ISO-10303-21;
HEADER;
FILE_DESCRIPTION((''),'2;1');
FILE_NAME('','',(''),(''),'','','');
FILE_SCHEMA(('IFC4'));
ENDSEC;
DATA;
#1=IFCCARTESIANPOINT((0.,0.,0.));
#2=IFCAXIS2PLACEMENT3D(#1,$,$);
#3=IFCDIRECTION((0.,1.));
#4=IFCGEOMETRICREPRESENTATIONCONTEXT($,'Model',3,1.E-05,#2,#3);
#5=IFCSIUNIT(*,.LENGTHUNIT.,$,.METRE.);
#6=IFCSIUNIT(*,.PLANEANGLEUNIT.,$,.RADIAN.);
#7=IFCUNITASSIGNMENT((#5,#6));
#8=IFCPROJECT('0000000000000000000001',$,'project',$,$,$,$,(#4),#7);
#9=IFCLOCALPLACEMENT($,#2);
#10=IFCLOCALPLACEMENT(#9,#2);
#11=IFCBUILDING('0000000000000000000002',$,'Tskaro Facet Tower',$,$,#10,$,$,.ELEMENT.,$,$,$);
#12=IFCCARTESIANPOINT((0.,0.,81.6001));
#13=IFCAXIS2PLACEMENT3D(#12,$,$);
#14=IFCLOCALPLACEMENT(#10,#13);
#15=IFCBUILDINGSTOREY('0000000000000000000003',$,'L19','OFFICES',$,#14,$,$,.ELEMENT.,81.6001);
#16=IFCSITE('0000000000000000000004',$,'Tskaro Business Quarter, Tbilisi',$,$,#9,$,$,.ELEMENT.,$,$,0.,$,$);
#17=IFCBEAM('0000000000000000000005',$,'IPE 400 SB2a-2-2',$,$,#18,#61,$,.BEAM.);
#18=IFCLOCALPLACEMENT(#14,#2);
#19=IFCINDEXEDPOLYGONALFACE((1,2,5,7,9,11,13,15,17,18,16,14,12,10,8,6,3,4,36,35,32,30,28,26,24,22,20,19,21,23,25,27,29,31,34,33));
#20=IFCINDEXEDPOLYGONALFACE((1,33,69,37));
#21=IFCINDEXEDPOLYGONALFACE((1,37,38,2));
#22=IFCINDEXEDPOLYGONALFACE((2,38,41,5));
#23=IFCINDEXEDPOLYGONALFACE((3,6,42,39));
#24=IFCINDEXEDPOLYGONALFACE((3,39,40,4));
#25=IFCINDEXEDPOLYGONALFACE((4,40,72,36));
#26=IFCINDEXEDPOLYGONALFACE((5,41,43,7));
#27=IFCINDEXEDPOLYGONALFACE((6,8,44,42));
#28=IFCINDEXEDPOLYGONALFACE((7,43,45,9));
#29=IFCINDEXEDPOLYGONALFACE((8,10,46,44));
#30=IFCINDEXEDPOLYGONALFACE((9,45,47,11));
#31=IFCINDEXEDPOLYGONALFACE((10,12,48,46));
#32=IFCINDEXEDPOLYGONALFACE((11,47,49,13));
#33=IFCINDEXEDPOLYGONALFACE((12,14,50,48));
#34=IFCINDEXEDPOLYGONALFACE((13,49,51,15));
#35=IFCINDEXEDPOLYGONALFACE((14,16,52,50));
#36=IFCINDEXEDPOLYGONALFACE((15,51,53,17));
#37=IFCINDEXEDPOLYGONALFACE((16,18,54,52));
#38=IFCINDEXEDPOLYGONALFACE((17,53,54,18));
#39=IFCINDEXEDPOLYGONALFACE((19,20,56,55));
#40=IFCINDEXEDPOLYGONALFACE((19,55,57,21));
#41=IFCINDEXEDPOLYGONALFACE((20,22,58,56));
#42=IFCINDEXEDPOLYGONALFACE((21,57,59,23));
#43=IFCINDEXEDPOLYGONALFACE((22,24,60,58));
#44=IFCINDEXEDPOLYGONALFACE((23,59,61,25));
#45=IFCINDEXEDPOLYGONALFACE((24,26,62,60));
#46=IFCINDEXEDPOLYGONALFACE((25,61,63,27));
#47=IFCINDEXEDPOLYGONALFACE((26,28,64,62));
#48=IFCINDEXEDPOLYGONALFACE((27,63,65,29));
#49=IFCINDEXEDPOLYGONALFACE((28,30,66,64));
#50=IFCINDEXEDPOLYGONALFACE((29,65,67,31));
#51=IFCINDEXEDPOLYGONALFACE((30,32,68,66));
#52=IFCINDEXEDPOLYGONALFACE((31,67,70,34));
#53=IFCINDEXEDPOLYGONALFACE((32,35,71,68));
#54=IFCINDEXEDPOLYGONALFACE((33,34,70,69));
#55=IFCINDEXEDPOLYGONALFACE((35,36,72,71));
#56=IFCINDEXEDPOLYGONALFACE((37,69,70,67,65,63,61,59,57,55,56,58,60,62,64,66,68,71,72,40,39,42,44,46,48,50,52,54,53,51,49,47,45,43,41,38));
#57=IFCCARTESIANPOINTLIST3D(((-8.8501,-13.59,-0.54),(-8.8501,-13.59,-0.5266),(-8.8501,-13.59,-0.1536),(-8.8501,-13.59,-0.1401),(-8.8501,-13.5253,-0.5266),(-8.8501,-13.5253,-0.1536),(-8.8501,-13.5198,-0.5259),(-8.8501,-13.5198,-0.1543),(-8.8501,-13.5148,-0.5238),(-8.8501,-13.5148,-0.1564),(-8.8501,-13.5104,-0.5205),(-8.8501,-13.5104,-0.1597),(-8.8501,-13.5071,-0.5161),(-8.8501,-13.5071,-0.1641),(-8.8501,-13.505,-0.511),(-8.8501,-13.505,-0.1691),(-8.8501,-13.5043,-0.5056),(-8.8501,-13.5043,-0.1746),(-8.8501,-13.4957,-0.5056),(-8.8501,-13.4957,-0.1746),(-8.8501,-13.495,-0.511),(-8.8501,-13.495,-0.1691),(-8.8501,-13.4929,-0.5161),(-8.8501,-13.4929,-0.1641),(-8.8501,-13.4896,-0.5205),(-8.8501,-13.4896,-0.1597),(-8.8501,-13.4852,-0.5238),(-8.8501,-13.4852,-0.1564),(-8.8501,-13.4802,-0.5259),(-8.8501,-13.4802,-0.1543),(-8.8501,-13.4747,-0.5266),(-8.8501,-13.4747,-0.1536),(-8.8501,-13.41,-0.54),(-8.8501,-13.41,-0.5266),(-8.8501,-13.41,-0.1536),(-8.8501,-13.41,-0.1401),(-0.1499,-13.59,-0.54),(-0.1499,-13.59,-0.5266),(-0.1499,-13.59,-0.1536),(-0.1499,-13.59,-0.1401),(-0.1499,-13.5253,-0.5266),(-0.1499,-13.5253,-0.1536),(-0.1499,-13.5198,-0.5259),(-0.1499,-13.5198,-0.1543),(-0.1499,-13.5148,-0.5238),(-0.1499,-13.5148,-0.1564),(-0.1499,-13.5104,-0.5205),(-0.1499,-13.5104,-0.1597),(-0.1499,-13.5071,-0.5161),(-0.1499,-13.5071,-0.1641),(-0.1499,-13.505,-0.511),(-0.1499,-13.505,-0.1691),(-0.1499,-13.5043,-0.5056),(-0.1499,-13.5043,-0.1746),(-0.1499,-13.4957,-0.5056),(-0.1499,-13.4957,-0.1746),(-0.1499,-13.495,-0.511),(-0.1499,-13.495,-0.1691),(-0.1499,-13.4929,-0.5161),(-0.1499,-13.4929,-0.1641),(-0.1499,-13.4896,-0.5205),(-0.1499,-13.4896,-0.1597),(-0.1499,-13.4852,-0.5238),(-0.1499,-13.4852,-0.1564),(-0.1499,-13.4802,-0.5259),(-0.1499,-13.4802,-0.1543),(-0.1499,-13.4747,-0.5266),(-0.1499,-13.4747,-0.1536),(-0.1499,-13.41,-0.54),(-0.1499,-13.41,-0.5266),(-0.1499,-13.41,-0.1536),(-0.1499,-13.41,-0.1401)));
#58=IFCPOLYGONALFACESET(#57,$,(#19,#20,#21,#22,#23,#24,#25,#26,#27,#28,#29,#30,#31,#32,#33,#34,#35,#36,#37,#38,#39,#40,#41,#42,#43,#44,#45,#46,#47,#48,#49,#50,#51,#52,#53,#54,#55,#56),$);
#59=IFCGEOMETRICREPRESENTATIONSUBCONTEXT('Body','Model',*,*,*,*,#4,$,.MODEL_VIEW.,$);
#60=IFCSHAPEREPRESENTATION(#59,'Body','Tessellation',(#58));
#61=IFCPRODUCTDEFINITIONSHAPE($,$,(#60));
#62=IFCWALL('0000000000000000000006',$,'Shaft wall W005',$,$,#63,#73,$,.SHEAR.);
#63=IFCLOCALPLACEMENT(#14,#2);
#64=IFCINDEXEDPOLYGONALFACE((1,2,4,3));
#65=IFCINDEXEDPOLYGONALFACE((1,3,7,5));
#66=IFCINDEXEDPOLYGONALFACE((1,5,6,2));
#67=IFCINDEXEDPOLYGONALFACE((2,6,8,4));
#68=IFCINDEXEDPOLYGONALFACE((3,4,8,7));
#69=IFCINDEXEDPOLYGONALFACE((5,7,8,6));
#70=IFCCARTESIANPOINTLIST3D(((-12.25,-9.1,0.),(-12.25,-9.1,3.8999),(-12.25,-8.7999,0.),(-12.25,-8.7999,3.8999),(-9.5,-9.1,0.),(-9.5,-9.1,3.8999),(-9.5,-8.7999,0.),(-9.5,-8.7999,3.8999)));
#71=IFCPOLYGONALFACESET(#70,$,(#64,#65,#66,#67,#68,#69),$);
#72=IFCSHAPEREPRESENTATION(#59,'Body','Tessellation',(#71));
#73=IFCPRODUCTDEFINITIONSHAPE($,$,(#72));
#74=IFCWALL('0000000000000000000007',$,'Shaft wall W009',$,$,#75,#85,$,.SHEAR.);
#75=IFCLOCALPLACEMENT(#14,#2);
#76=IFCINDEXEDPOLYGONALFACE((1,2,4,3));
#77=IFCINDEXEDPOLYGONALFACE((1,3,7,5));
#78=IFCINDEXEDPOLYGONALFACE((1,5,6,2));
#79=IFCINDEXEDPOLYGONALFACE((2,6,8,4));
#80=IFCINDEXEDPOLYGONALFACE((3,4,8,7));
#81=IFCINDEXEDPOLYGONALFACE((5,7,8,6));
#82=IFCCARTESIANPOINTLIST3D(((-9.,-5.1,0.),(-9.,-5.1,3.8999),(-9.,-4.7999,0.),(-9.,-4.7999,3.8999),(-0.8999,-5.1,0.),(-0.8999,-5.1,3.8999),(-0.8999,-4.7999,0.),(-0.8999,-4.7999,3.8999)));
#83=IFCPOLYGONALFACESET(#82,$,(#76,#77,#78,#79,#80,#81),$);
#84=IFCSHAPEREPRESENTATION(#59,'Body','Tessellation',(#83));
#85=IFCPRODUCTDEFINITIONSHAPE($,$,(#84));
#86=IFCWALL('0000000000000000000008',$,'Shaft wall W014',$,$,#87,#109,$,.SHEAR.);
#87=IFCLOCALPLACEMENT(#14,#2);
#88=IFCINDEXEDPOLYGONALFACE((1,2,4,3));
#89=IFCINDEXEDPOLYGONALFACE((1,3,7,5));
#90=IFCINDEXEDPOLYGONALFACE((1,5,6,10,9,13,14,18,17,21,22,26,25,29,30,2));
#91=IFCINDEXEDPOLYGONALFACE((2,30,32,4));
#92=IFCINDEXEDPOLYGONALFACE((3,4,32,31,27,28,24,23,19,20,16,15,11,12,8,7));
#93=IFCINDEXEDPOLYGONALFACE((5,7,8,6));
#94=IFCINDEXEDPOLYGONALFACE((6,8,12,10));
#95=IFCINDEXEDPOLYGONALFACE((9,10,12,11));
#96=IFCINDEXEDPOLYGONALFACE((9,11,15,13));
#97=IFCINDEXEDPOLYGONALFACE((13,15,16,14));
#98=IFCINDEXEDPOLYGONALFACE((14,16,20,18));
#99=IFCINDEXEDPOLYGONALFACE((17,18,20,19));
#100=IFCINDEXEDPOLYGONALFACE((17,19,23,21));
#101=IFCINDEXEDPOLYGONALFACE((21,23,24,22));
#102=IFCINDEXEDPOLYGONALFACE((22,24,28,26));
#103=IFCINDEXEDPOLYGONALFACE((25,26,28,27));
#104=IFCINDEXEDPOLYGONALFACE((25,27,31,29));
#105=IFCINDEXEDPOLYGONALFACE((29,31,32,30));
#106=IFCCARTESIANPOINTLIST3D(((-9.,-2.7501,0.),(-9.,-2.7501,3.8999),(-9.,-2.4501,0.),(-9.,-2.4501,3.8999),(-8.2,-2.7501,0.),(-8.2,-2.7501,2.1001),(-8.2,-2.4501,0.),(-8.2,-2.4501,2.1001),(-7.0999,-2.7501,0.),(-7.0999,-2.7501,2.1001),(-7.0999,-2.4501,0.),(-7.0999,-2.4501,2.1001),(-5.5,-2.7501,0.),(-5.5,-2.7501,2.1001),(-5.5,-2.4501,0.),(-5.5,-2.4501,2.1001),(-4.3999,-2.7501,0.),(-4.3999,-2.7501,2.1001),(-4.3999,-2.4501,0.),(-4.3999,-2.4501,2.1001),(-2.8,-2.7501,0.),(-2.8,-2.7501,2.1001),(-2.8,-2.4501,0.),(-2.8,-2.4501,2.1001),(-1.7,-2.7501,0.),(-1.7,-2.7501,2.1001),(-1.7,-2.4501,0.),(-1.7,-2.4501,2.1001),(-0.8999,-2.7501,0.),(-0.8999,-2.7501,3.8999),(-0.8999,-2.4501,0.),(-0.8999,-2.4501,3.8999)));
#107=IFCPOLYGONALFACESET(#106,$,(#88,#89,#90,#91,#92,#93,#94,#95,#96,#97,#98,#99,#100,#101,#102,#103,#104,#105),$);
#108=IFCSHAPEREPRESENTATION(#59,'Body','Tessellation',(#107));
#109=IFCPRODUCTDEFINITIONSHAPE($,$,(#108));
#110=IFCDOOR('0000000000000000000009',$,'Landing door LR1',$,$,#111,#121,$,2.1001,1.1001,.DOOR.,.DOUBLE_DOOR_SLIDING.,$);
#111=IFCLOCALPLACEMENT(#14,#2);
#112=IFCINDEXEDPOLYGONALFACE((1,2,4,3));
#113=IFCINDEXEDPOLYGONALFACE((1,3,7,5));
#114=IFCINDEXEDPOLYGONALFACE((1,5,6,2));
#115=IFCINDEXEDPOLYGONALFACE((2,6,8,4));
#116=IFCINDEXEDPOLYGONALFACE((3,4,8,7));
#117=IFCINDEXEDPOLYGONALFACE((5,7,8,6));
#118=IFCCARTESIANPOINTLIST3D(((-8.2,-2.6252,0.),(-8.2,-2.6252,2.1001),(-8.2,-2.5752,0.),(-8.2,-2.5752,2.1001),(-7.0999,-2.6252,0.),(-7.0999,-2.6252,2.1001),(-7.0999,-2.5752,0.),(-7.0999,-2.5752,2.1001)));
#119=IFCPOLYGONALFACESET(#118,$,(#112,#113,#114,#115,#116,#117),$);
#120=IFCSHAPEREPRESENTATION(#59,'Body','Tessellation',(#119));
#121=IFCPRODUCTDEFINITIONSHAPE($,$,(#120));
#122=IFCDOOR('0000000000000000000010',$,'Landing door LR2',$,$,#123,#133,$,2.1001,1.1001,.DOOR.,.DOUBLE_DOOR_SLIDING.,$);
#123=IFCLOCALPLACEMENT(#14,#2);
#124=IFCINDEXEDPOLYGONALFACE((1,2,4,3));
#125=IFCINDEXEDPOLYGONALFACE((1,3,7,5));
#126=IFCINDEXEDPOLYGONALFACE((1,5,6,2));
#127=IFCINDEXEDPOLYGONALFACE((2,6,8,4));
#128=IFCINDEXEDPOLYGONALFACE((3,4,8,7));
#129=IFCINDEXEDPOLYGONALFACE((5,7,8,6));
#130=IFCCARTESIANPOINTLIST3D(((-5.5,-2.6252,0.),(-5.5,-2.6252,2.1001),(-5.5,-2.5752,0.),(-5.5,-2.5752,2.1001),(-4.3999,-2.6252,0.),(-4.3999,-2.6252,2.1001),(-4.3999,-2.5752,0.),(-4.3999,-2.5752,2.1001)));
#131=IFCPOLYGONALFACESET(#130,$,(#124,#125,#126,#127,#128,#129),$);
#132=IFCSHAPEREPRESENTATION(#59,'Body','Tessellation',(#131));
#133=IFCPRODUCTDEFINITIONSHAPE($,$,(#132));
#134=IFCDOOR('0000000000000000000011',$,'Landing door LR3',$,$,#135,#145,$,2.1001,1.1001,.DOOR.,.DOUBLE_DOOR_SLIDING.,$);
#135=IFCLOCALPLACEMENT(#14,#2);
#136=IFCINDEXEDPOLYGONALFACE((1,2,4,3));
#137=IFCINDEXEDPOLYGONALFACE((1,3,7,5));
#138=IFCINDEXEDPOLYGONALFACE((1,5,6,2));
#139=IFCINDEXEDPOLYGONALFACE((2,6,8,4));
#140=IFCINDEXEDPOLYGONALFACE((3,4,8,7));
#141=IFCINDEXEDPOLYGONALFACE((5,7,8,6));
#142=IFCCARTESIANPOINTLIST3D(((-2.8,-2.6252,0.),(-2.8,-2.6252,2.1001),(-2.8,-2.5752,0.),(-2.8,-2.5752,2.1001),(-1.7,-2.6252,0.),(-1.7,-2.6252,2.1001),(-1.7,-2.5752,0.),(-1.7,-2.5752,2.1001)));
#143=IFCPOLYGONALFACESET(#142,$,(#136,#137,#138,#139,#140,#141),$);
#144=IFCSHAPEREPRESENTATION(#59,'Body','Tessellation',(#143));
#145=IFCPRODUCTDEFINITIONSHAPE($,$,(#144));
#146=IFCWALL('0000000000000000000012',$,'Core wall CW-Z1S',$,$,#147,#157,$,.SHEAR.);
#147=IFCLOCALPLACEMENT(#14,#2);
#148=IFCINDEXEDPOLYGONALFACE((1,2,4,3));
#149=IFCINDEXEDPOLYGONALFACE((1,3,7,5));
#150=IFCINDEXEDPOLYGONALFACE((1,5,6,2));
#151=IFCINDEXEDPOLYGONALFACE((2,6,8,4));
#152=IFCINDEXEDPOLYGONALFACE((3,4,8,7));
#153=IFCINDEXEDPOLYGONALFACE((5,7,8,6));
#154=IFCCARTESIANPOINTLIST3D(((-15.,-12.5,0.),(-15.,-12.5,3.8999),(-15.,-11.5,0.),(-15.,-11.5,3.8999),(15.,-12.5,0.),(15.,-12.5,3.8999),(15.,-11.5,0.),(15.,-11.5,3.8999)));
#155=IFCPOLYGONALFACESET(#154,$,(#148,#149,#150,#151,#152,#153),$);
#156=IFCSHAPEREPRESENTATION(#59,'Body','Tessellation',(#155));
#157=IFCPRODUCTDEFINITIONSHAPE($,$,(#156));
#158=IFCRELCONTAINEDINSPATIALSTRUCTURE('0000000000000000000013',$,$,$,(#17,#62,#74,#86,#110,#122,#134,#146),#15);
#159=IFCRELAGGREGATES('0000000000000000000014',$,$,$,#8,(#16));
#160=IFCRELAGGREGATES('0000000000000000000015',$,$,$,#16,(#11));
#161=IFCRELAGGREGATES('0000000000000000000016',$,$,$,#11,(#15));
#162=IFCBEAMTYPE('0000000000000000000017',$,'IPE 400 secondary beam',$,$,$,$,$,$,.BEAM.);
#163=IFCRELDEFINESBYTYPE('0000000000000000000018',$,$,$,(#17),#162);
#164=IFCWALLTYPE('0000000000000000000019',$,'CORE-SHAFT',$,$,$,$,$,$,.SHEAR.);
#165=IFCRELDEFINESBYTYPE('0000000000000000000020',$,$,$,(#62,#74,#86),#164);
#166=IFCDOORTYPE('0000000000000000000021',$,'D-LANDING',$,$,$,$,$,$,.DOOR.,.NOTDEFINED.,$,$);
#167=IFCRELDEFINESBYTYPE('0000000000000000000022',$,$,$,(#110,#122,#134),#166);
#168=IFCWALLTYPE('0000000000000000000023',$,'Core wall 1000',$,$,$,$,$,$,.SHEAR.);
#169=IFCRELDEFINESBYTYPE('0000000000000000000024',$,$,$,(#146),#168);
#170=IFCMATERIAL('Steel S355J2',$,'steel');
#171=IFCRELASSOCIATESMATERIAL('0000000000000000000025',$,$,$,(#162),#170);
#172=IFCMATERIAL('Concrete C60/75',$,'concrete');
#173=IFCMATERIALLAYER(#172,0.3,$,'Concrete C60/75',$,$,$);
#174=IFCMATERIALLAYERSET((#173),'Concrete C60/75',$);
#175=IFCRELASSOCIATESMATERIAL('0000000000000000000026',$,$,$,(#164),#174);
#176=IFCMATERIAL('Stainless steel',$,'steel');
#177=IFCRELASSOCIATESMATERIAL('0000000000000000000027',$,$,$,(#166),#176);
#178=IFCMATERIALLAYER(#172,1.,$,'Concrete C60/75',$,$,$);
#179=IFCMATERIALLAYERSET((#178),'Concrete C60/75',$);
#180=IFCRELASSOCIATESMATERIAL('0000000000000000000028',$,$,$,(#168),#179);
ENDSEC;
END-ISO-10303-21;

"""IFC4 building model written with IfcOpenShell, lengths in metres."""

from ifc_helpers import new_model, si_unit, direction, frame, frame_2d, origin, origin_2d, place, context, subcontext, project, spatial, rectangle, i_section, extrude, material, layer, layer_set, material_profile, profile_set, type_object, element, fill, save


model = new_model("IFC4")

# Units and contexts
model_context = context("Model", 3, precision=1e-05, world=origin(), true_north=direction((0.0, 1.0)))
body_context = subcontext(model_context, "Body", "Model", "MODEL_VIEW")
ifc_project = project(units=[si_unit("LENGTHUNIT", "METRE"), si_unit("PLANEANGLEUNIT", "RADIAN")], contexts=[model_context])

# Site, building, storey
site_placement = place(None, origin())
site = spatial("IfcSite", under=ifc_project, at=site_placement, Name="Tskaro Business Quarter, Tbilisi", CompositionType="ELEMENT", RefElevation=0.0)
building_placement = place(site_placement, origin())
building = spatial("IfcBuilding", under=site, at=building_placement, Name="Tskaro Facet Tower", CompositionType="ELEMENT")
storey_placement = place(building_placement, frame((0.0, 0.0, 81.6001)))
storey = spatial("IfcBuildingStorey", under=building, at=storey_placement, Name="L19", Description="OFFICES", CompositionType="ELEMENT", Elevation=81.6001)

# Beam
ifc_material_1 = material(Name="Steel S355J2", Category="steel")
ifc_material_profile = material_profile(ifc_material_1, i_section(OverallWidth=0.1799, OverallDepth=0.3999, WebThickness=0.0085, FlangeThickness=0.0134, FilletRadius=0.021, at=origin_2d()), Name="IPE 400")
ifc_profile_set = profile_set([ifc_material_profile], Name="Steel S355J2")
beam_type = type_object("IfcBeamType", Name="IPE 400 secondary beam", PredefinedType="BEAM", material=ifc_profile_set)
beam_placement = place(storey_placement, frame((-8.8501, -13.5, -0.3401), z_axis=(1.0, 0.0, 0.0), x_axis=(0.0, 1.0, 0.0)))
element("IfcBeam", 1, at=beam_placement, inside=storey, type_object=beam_type, Name="IPE 400 SB2a-2-2", PredefinedType="BEAM", context=body_context, shape_type="SweptSolid", body=[
    extrude(i_section(OverallWidth=0.1799, OverallDepth=0.3999, WebThickness=0.0085, FlangeThickness=0.0134, FilletRadius=0.021, at=origin_2d()), origin(), (0.0, 0.0, 1.0), 8.7002),
])

# Walls
ifc_material_2 = material(Name="Concrete C60/75", Category="concrete")
ifc_layer_1 = layer(ifc_material_2, 0.3, Name="Concrete C60/75")
ifc_layer_set_1 = layer_set([ifc_layer_1], Name="Concrete C60/75")
wall_type_1 = type_object("IfcWallType", Name="CORE-SHAFT", PredefinedType="SHEAR", material=ifc_layer_set_1)
wall_1_placement = place(storey_placement, frame((-12.25, -8.95, 0.0), z_axis=(0.0, 0.0, 1.0), x_axis=(1.0, 0.0, 0.0)))
element("IfcWall", 2, at=wall_1_placement, inside=storey, type_object=wall_type_1, Name="Shaft wall W005", PredefinedType="SHEAR", context=body_context, shape_type="SweptSolid", body=[
    extrude(rectangle(XDim=2.75, YDim=0.3, at=frame_2d((1.375, 0.0))), origin(), (0.0, 0.0, 1.0), 3.8999),
])
wall_2_placement = place(storey_placement, frame((-9.0, -4.95, 0.0), z_axis=(0.0, 0.0, 1.0), x_axis=(1.0, 0.0, 0.0)))
element("IfcWall", 3, at=wall_2_placement, inside=storey, type_object=wall_type_1, Name="Shaft wall W009", PredefinedType="SHEAR", context=body_context, shape_type="SweptSolid", body=[
    extrude(rectangle(XDim=8.1001, YDim=0.3, at=frame_2d((4.05, 0.0))), origin(), (0.0, 0.0, 1.0), 3.8999),
])

# Wall, openings, doors
wall_3_placement = place(storey_placement, frame((-9.0, -2.6001, 0.0), z_axis=(0.0, 0.0, 1.0), x_axis=(1.0, 0.0, 0.0)))
wall_3 = element("IfcWall", 4, at=wall_3_placement, inside=storey, type_object=wall_type_1, Name="Shaft wall W014", PredefinedType="SHEAR", context=body_context, shape_type="SweptSolid", body=[
    extrude(rectangle(XDim=8.1001, YDim=0.3, at=frame_2d((4.05, 0.0))), origin(), (0.0, 0.0, 1.0), 3.8999),
])
opening_1_placement = place(wall_3_placement, frame((0.8, 0.0, 0.0)))
opening_1 = element("IfcOpeningElement", 5, at=opening_1_placement, cuts=wall_3, PredefinedType="OPENING", context=body_context, shape_type="SweptSolid", body=[
    extrude(rectangle(XDim=1.1001, YDim=2.1001, at=frame_2d((0.55, 1.05))), frame((0.0, 0.1599, 0.0), z_axis=(0.0, -1.0, 0.0), x_axis=(1.0, 0.0, 0.0)), (0.0, 0.0, 1.0), 0.3201),
])
opening_2_placement = place(wall_3_placement, frame((3.5, 0.0, 0.0)))
opening_2 = element("IfcOpeningElement", 6, at=opening_2_placement, cuts=wall_3, PredefinedType="OPENING", context=body_context, shape_type="SweptSolid", body=[
    extrude(rectangle(XDim=1.1001, YDim=2.1001, at=frame_2d((0.55, 1.05))), frame((0.0, 0.1599, 0.0), z_axis=(0.0, -1.0, 0.0), x_axis=(1.0, 0.0, 0.0)), (0.0, 0.0, 1.0), 0.3201),
])
opening_3_placement = place(wall_3_placement, frame((6.2, 0.0, 0.0)))
opening_3 = element("IfcOpeningElement", 7, at=opening_3_placement, cuts=wall_3, PredefinedType="OPENING", context=body_context, shape_type="SweptSolid", body=[
    extrude(rectangle(XDim=1.1001, YDim=2.1001, at=frame_2d((0.55, 1.05))), frame((0.0, 0.1599, 0.0), z_axis=(0.0, -1.0, 0.0), x_axis=(1.0, 0.0, 0.0)), (0.0, 0.0, 1.0), 0.3201),
])
ifc_material_3 = material(Name="Stainless steel", Category="steel")
door_type_1 = type_object("IfcDoorType", Name="D-LANDING", OperationType="NOTDEFINED", PredefinedType="DOOR", material=ifc_material_3)
door_1_placement = place(opening_1_placement, origin())
door_1 = element("IfcDoor", 8, at=door_1_placement, inside=storey, type_object=door_type_1, Name="Landing door LR1", OperationType="DOUBLE_DOOR_SLIDING", OverallHeight=2.1001, OverallWidth=1.1001, PredefinedType="DOOR", context=body_context, shape_type="SweptSolid", body=[
    extrude(rectangle(XDim=1.1001, YDim=2.1001, at=frame_2d((0.55, 1.05))), frame((0.0, 0.0249, 0.0), z_axis=(0.0, -1.0, 0.0), x_axis=(1.0, 0.0, 0.0)), (0.0, 0.0, 1.0), 0.05),
])
fill(opening_1, door_1)
door_2_placement = place(opening_2_placement, origin())
door_2 = element("IfcDoor", 9, at=door_2_placement, inside=storey, type_object=door_type_1, Name="Landing door LR2", OperationType="DOUBLE_DOOR_SLIDING", OverallHeight=2.1001, OverallWidth=1.1001, PredefinedType="DOOR", context=body_context, shape_type="SweptSolid", body=[
    extrude(rectangle(XDim=1.1001, YDim=2.1001, at=frame_2d((0.55, 1.05))), frame((0.0, 0.0249, 0.0), z_axis=(0.0, -1.0, 0.0), x_axis=(1.0, 0.0, 0.0)), (0.0, 0.0, 1.0), 0.05),
])
fill(opening_2, door_2)
door_3_placement = place(opening_3_placement, origin())
door_3 = element("IfcDoor", 10, at=door_3_placement, inside=storey, type_object=door_type_1, Name="Landing door LR3", OperationType="DOUBLE_DOOR_SLIDING", OverallHeight=2.1001, OverallWidth=1.1001, PredefinedType="DOOR", context=body_context, shape_type="SweptSolid", body=[
    extrude(rectangle(XDim=1.1001, YDim=2.1001, at=frame_2d((0.55, 1.05))), frame((0.0, 0.0249, 0.0), z_axis=(0.0, -1.0, 0.0), x_axis=(1.0, 0.0, 0.0)), (0.0, 0.0, 1.0), 0.05),
])
fill(opening_3, door_3)

# Wall
ifc_layer_2 = layer(ifc_material_2, 1.0, Name="Concrete C60/75")
ifc_layer_set_2 = layer_set([ifc_layer_2], Name="Concrete C60/75")
wall_type_2 = type_object("IfcWallType", Name="Core wall 1000", PredefinedType="SHEAR", material=ifc_layer_set_2)
wall_4_placement = place(storey_placement, frame((-15.0, -12.0, 0.0), z_axis=(0.0, 0.0, 1.0), x_axis=(1.0, 0.0, 0.0)))
element("IfcWall", 11, at=wall_4_placement, inside=storey, type_object=wall_type_2, Name="Core wall CW-Z1S", PredefinedType="SHEAR", context=body_context, shape_type="SweptSolid", body=[
    extrude(rectangle(XDim=30.0, YDim=1.0, at=frame_2d((15.0, 0.0))), origin(), (0.0, 0.0, 1.0), 3.8999),
])

save(model, "model.ifc")
